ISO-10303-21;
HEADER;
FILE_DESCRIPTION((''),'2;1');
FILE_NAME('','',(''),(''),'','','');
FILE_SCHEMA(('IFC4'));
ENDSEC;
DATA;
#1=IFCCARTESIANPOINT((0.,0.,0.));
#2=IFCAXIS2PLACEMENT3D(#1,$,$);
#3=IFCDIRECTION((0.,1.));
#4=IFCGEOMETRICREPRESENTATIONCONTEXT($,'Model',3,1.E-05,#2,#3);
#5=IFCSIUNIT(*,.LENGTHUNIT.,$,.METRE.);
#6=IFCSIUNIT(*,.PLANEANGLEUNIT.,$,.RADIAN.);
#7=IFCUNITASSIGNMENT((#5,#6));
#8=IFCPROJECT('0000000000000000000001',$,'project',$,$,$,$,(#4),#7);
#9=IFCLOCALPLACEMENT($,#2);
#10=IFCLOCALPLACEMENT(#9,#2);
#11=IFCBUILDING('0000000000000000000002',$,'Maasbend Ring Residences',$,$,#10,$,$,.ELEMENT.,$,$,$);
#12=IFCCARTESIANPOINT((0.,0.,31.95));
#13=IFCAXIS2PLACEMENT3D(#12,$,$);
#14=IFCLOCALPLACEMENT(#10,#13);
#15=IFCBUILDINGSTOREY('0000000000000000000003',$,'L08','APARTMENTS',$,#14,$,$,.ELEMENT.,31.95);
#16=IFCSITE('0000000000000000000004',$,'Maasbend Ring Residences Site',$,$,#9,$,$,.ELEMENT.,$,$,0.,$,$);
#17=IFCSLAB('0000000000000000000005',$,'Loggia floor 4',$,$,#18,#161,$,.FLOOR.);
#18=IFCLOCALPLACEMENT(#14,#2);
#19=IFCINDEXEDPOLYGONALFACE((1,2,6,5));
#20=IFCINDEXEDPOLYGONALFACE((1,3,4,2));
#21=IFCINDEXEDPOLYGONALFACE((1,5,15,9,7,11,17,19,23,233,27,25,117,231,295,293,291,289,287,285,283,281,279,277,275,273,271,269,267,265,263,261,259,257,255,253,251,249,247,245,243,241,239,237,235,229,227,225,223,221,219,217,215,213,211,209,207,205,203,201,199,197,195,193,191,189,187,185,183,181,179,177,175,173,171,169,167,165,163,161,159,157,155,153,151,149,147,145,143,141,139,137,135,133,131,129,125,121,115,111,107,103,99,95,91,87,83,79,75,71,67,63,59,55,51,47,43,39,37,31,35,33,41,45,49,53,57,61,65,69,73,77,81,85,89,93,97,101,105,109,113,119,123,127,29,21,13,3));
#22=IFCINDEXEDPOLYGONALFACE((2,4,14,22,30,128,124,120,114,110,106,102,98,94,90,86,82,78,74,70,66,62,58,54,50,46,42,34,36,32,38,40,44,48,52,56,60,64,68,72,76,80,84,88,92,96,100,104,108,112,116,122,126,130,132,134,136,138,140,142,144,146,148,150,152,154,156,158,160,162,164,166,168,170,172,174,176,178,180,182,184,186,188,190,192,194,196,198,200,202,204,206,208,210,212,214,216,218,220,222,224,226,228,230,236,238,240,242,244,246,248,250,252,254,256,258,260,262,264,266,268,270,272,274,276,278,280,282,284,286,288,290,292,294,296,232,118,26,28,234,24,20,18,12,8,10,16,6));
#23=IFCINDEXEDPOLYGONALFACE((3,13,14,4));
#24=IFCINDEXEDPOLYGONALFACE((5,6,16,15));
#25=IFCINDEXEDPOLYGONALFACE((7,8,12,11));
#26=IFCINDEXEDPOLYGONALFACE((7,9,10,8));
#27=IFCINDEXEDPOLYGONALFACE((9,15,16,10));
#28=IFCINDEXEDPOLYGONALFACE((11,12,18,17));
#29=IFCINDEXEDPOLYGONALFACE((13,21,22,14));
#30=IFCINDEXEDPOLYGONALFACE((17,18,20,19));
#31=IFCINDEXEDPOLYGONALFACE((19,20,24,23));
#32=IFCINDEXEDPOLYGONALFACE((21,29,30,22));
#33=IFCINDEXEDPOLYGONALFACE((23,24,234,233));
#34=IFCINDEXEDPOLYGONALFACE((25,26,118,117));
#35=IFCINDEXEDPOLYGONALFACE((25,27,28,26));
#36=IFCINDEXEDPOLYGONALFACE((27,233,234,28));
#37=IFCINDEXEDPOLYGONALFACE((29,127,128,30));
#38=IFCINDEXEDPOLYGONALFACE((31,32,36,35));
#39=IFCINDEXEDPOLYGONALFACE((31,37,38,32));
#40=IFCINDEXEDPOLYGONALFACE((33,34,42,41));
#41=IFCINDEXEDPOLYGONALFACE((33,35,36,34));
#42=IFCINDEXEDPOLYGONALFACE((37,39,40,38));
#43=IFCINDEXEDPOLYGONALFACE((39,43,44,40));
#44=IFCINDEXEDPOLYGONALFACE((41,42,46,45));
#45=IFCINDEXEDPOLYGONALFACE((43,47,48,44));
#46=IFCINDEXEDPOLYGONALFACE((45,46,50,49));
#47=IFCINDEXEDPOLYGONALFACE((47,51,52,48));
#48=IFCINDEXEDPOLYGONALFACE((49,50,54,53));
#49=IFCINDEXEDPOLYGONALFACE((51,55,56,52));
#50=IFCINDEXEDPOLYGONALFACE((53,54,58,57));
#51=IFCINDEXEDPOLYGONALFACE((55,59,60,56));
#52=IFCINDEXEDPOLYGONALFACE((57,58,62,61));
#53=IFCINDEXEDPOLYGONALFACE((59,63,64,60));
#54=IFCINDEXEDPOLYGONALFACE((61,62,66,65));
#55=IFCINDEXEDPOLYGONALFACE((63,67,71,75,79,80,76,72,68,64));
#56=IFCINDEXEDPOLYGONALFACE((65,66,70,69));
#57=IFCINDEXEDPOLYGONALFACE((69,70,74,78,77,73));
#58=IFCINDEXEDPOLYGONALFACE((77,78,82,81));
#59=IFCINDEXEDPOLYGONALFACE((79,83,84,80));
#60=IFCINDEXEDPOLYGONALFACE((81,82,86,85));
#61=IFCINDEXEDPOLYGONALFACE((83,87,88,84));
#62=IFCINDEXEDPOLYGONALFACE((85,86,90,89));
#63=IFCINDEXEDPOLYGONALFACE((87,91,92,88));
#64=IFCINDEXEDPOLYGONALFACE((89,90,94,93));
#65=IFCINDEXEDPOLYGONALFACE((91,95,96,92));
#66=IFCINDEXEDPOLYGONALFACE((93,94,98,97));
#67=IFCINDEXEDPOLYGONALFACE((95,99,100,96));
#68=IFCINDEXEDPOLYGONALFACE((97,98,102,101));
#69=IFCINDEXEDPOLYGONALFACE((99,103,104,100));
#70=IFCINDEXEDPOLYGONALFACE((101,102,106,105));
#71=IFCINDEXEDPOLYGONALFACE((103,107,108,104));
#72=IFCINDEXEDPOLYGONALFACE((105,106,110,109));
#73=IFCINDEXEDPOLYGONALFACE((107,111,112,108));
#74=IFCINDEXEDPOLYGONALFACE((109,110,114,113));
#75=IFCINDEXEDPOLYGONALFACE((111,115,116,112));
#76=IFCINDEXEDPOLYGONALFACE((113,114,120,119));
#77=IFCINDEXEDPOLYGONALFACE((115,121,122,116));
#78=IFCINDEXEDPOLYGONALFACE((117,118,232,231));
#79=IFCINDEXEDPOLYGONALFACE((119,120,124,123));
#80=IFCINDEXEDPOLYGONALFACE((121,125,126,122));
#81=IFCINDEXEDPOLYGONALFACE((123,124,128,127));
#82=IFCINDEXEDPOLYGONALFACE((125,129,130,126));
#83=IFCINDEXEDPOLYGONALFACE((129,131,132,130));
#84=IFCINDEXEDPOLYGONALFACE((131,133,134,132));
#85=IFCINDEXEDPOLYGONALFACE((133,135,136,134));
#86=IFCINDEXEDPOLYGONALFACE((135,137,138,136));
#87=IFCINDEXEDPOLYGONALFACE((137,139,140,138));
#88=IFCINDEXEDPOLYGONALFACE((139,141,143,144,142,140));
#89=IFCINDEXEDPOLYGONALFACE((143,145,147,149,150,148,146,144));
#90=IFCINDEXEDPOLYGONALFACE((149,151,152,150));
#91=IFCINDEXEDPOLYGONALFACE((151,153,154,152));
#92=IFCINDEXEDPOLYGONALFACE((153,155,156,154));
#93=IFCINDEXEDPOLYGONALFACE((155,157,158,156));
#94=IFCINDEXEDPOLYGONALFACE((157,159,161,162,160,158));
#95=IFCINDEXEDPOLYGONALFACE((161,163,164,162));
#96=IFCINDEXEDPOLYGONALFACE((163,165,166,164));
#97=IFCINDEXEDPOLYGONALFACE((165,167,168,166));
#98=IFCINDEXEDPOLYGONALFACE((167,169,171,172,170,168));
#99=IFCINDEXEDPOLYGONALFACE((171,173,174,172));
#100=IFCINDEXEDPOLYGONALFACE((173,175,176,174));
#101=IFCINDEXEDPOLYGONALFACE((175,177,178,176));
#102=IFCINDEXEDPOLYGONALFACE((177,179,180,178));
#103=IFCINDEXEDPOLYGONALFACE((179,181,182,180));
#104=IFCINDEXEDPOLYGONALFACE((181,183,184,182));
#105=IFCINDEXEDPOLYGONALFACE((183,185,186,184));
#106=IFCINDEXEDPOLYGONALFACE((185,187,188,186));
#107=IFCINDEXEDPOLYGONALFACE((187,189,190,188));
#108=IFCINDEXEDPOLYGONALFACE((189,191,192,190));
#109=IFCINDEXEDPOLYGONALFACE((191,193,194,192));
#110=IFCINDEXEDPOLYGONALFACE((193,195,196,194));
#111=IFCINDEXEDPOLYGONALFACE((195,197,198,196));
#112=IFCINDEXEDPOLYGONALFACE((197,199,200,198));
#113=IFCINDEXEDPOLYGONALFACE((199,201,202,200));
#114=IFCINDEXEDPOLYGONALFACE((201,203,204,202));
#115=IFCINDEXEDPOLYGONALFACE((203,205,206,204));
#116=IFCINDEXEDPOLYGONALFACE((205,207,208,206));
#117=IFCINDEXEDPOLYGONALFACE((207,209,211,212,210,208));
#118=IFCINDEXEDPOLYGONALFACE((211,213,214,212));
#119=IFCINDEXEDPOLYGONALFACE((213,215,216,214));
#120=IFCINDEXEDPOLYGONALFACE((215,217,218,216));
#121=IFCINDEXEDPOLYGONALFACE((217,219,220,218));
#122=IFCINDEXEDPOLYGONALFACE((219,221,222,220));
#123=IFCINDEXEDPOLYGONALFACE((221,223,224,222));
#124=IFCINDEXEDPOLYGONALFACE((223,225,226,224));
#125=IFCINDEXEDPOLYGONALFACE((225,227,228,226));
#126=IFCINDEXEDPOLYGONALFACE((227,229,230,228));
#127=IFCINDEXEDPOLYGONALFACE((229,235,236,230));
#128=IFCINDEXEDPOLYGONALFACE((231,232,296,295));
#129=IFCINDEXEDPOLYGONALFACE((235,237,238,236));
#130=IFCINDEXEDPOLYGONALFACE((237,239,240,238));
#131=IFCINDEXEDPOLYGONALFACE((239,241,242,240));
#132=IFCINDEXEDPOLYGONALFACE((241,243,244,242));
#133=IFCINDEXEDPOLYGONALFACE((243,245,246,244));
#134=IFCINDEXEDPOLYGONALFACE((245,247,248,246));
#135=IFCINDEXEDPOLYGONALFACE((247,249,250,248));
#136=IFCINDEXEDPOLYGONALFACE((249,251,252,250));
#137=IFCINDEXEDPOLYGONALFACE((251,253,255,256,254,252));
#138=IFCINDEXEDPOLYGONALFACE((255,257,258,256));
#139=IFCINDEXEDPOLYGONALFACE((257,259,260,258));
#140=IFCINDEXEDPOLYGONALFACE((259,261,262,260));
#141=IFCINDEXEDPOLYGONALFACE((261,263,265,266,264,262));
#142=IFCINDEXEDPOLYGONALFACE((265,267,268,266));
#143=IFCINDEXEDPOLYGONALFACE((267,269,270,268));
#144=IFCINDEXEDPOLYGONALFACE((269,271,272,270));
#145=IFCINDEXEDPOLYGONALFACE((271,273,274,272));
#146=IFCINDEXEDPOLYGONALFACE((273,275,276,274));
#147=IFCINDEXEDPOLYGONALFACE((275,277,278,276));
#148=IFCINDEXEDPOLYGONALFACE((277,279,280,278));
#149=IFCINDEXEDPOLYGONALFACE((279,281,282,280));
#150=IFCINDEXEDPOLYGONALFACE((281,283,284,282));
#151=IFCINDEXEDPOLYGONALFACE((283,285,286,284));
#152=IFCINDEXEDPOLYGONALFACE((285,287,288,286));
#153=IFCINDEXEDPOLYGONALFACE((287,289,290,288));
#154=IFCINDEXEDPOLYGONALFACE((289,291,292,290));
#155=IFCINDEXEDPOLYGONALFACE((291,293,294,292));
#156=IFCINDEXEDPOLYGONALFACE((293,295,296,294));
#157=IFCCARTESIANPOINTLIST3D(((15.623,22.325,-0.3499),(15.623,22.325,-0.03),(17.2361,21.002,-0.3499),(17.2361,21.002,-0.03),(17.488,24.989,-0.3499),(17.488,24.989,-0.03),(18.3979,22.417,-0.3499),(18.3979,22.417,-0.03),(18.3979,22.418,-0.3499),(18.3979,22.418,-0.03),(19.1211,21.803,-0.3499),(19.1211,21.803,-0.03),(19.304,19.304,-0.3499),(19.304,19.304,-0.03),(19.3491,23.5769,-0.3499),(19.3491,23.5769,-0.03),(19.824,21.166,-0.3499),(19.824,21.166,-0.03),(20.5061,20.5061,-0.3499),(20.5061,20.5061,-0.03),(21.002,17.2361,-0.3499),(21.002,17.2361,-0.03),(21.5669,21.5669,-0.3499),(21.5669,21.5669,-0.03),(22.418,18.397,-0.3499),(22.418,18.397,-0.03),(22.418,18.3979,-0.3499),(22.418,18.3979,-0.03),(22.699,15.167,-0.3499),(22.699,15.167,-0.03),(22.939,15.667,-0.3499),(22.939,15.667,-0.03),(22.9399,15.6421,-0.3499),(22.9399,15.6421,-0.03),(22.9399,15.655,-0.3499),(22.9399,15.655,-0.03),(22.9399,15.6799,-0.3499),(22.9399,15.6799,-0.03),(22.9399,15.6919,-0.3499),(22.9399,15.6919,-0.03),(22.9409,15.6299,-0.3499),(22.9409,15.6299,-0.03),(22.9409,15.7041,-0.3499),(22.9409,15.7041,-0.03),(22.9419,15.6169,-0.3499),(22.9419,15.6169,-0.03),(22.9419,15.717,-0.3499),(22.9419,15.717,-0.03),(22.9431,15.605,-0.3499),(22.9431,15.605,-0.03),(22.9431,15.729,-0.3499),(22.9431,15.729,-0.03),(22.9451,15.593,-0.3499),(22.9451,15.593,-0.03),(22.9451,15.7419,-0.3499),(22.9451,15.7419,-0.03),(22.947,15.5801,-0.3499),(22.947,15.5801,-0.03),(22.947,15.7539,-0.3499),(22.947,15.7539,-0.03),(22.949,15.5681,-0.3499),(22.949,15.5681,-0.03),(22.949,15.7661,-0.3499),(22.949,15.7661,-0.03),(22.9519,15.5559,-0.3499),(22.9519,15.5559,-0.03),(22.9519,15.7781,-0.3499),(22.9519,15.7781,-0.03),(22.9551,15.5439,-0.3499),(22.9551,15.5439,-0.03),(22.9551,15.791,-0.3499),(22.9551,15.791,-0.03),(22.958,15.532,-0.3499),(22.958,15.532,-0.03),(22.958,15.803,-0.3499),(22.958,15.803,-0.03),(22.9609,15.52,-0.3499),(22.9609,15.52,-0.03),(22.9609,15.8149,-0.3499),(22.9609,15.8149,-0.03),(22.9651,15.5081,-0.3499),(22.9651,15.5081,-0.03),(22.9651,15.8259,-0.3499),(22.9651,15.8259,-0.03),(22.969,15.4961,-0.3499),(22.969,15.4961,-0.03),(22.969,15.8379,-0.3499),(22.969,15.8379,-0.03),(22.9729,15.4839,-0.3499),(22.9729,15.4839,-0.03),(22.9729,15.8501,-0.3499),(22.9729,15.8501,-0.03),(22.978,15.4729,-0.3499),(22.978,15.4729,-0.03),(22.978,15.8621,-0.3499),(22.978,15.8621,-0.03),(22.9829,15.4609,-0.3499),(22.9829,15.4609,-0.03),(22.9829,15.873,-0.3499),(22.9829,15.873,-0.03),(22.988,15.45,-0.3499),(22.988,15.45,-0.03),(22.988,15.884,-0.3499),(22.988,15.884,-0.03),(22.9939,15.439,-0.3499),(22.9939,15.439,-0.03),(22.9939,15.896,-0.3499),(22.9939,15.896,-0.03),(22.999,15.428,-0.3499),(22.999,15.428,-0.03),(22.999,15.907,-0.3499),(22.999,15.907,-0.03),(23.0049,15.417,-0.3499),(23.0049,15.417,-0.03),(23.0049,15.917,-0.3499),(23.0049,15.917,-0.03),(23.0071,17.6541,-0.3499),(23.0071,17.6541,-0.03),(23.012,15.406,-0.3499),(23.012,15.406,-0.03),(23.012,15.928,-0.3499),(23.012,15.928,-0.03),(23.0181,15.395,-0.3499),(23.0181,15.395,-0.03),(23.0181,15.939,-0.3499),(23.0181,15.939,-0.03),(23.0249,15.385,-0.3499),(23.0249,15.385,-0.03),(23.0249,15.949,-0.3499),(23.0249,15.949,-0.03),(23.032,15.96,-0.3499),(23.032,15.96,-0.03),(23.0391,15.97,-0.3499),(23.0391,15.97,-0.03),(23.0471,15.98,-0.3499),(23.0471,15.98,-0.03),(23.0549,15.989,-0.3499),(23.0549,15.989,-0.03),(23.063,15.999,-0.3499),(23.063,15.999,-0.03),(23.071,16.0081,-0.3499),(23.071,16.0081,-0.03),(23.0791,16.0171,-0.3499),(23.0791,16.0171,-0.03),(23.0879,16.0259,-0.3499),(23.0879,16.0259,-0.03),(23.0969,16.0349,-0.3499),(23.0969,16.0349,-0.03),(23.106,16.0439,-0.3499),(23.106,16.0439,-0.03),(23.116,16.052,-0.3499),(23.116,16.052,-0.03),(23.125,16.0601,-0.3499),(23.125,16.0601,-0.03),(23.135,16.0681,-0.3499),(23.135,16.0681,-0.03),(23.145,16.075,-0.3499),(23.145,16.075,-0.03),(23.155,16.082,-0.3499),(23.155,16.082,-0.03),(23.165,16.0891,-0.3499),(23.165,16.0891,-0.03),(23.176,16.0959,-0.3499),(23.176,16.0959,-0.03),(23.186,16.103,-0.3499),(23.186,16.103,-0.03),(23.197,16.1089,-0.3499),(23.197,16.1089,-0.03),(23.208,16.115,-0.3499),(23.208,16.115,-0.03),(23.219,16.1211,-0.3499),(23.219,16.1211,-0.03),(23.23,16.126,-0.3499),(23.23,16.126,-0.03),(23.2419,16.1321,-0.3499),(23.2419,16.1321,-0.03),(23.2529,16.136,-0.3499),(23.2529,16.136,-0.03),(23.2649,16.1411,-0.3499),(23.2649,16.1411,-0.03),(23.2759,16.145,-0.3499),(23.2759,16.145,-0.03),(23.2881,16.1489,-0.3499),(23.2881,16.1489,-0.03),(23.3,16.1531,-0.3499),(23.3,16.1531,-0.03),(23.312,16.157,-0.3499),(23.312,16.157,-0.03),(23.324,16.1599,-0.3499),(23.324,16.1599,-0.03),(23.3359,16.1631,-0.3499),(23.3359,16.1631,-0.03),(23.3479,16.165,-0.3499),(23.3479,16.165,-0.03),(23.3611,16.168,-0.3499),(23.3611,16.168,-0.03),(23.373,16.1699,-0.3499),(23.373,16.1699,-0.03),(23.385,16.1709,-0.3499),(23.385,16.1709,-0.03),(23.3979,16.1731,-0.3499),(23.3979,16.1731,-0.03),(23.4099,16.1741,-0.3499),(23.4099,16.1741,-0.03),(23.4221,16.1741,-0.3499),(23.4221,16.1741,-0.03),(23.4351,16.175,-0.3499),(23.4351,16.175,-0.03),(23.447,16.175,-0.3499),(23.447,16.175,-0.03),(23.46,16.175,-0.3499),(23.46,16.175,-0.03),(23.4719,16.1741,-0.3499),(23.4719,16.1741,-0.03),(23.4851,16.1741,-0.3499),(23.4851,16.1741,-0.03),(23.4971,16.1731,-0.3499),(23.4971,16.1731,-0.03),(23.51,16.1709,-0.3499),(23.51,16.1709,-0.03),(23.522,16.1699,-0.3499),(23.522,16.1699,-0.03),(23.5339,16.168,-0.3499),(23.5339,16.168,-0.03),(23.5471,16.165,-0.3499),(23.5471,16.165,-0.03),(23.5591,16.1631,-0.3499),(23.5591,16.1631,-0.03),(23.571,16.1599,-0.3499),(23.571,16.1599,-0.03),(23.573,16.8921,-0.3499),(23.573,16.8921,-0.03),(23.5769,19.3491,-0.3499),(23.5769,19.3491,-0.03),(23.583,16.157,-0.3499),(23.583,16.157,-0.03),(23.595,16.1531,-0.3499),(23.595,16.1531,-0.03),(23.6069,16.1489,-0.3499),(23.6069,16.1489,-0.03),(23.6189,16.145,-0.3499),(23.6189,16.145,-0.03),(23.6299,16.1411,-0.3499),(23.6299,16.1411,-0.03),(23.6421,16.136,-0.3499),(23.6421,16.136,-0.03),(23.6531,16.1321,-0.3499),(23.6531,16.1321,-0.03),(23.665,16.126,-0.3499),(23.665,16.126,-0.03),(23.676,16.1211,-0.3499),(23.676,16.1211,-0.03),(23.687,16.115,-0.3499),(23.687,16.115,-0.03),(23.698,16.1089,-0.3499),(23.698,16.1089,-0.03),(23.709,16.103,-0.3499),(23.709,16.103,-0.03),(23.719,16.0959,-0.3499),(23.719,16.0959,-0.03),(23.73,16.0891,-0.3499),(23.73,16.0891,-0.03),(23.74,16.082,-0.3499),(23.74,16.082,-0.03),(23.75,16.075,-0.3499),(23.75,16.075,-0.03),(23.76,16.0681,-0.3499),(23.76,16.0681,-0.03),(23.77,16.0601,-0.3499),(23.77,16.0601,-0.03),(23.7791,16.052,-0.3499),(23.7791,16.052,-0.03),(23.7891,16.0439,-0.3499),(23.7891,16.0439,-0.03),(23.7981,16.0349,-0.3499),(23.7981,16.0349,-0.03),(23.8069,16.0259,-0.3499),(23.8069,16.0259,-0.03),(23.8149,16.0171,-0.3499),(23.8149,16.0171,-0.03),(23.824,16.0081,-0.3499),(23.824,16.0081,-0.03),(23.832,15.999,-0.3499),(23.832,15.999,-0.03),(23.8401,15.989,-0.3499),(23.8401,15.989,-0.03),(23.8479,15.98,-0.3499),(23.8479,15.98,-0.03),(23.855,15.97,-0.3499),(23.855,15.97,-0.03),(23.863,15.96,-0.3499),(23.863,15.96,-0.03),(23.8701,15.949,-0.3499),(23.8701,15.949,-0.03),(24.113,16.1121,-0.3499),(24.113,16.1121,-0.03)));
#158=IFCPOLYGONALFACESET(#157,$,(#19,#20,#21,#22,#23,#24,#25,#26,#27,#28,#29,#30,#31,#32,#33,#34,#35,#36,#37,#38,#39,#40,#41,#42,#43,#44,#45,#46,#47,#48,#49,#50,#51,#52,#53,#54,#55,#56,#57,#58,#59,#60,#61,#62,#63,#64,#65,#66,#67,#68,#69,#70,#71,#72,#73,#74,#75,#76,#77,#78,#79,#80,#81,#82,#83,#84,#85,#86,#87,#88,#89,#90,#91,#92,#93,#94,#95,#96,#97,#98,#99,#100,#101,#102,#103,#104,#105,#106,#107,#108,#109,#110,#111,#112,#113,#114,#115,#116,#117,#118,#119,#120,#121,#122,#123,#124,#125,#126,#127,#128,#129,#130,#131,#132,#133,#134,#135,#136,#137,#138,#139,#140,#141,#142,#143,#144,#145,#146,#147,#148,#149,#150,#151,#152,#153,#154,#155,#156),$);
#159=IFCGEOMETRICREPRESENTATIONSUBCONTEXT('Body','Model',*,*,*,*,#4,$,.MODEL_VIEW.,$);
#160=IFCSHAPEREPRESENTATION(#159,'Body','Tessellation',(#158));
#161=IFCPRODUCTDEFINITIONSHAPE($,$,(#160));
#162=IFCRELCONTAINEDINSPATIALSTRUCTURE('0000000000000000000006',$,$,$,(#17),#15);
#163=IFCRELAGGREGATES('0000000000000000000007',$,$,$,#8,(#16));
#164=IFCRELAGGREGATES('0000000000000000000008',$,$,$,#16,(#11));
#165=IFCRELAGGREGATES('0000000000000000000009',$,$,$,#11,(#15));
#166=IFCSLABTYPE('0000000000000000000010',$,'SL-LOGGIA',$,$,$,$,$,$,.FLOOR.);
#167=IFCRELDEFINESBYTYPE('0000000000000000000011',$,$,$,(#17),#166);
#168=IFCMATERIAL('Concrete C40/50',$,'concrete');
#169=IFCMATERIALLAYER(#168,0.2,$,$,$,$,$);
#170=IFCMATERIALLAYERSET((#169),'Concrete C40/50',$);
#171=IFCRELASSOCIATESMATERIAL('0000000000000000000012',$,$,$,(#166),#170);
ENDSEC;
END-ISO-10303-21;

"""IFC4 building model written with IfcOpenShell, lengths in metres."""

from ifc_helpers import new_model, si_unit, direction, frame, origin, place, context, subcontext, project, spatial, polyline, outline, extrude, material, layer, layer_set, type_object, element, save


model = new_model("IFC4")

# Units and contexts
model_context = context("Model", 3, precision=1e-05, world=origin(), true_north=direction((0.0, 1.0)))
body_context = subcontext(model_context, "Body", "Model", "MODEL_VIEW")
ifc_project = project(units=[si_unit("LENGTHUNIT", "METRE"), si_unit("PLANEANGLEUNIT", "RADIAN")], contexts=[model_context])

# Site, building, storey
site_placement = place(None, origin())
site = spatial("IfcSite", under=ifc_project, at=site_placement, Name="Maasbend Ring Residences Site", CompositionType="ELEMENT", RefElevation=0.0)
building_placement = place(site_placement, origin())
building = spatial("IfcBuilding", under=site, at=building_placement, Name="Maasbend Ring Residences", CompositionType="ELEMENT")
storey_placement = place(building_placement, frame((0.0, 0.0, 31.95)))
storey = spatial("IfcBuildingStorey", under=building, at=storey_placement, Name="L08", Description="APARTMENTS", CompositionType="ELEMENT", Elevation=31.95)

# Slab
ifc_material_1 = material(Name="Concrete C40/50", Category="concrete")
ifc_layer_1 = layer(ifc_material_1, 0.2)
ifc_layer_set_1 = layer_set([ifc_layer_1], Name="Concrete C40/50")
slab_type_1 = type_object("IfcSlabType", Name="SL-LOGGIA", PredefinedType="FLOOR", material=ifc_layer_set_1)
slab_1_placement = place(storey_placement, frame((0.0, 0.0, -0.3499)))
element("IfcSlab", 1, at=slab_1_placement, inside=storey, type_object=slab_type_1, Name="Loggia floor 4", PredefinedType="FLOOR", context=body_context, shape_type="SweptSolid", body=[
    extrude(outline(polyline([(19.3491, 23.5769), (19.3491, 23.5769), (19.3491, 23.5769), (18.3979, 22.418), (18.3979, 22.418), (18.3979, 22.418), (18.3979, 22.418), (18.3979, 22.418), (18.3979, 22.417), (18.3979, 22.417), (18.3979, 22.417), (18.3979, 22.417), (18.3979, 22.417), (18.3979, 22.417), (18.3979, 22.417), (18.3979, 22.417), (18.3979, 22.417), (18.3979, 22.417), (18.3979, 22.417), (18.3979, 22.417), (19.1211, 21.803), (19.1211, 21.803), (19.824, 21.166), (19.824, 21.166), (20.5061, 20.5061), (20.5061, 20.5061), (20.5061, 20.5061), (20.5061, 20.5061), (20.5061, 20.5061), (20.5061, 20.5061), (20.5061, 20.5061), (20.5061, 20.5061), (20.5061, 20.5061), (20.5061, 20.5061), (20.5061, 20.5061), (20.5061, 20.5061), (20.5061, 20.5061), (20.5061, 20.5061), (20.5061, 20.5061), (20.5061, 20.5061), (20.5061, 20.5061), (21.5669, 21.5669), (21.5669, 21.5669), (21.5669, 21.5669), (23.5769, 19.3491), (23.5769, 19.3491), (23.5769, 19.3491), (22.418, 18.3979), (22.418, 18.3979), (22.418, 18.3979), (22.418, 18.3979), (22.418, 18.3979), (22.418, 18.3979), (22.418, 18.397), (22.418, 18.397), (22.418, 18.397), (22.418, 18.397), (22.418, 18.397), (22.418, 18.397), (22.418, 18.397), (22.418, 18.397), (22.418, 18.397), (22.418, 18.397), (22.418, 18.397), (23.0071, 17.6541), (23.0071, 17.6541), (23.573, 16.8921), (23.573, 16.8921), (24.113, 16.1121), (24.113, 16.1121), (24.113, 16.1121), (23.8701, 15.949), (23.8701, 15.949), (23.863, 15.96), (23.855, 15.97), (23.8479, 15.98), (23.8401, 15.989), (23.832, 15.999), (23.824, 16.0081), (23.8149, 16.0171), (23.8069, 16.0259), (23.7981, 16.0349), (23.7891, 16.0439), (23.7791, 16.052), (23.77, 16.0601), (23.76, 16.0681), (23.75, 16.075), (23.74, 16.082), (23.73, 16.0891), (23.719, 16.0959), (23.709, 16.103), (23.698, 16.1089), (23.687, 16.115), (23.676, 16.1211), (23.665, 16.126), (23.6531, 16.1321), (23.6421, 16.136), (23.6299, 16.1411), (23.6189, 16.145), (23.6069, 16.1489), (23.595, 16.1531), (23.583, 16.157), (23.571, 16.1599), (23.5591, 16.1631), (23.5471, 16.165), (23.5339, 16.168), (23.522, 16.1699), (23.51, 16.1709), (23.4971, 16.1731), (23.4851, 16.1741), (23.4719, 16.1741), (23.46, 16.175), (23.447, 16.175), (23.4351, 16.175), (23.4221, 16.1741), (23.4099, 16.1741), (23.3979, 16.1731), (23.385, 16.1709), (23.373, 16.1699), (23.3611, 16.168), (23.3479, 16.165), (23.3359, 16.1631), (23.324, 16.1599), (23.312, 16.157), (23.3, 16.1531), (23.2881, 16.1489), (23.2759, 16.145), (23.2649, 16.1411), (23.2529, 16.136), (23.2419, 16.1321), (23.23, 16.126), (23.219, 16.1211), (23.208, 16.115), (23.197, 16.1089), (23.186, 16.103), (23.176, 16.0959), (23.165, 16.0891), (23.155, 16.082), (23.145, 16.075), (23.135, 16.0681), (23.125, 16.0601), (23.116, 16.052), (23.106, 16.0439), (23.0969, 16.0349), (23.0879, 16.0259), (23.0791, 16.0171), (23.071, 16.0081), (23.063, 15.999), (23.0549, 15.989), (23.0471, 15.98), (23.0391, 15.97), (23.032, 15.96), (23.0249, 15.949), (23.0181, 15.939), (23.012, 15.928), (23.0049, 15.917), (22.999, 15.907), (22.9939, 15.896), (22.988, 15.884), (22.9829, 15.873), (22.978, 15.8621), (22.9729, 15.8501), (22.969, 15.8379), (22.9651, 15.8259), (22.9609, 15.8149), (22.958, 15.803), (22.9551, 15.791), (22.9519, 15.7781), (22.949, 15.7661), (22.947, 15.7539), (22.9451, 15.7419), (22.9431, 15.729), (22.9419, 15.717), (22.9409, 15.7041), (22.9399, 15.6919), (22.9399, 15.6799), (22.939, 15.667), (22.9399, 15.655), (22.9399, 15.6421), (22.9409, 15.6299), (22.9419, 15.6169), (22.9431, 15.605), (22.9451, 15.593), (22.947, 15.5801), (22.949, 15.5681), (22.9519, 15.5559), (22.9551, 15.5439), (22.958, 15.532), (22.9609, 15.52), (22.9651, 15.5081), (22.969, 15.4961), (22.9729, 15.4839), (22.978, 15.4729), (22.9829, 15.4609), (22.988, 15.45), (22.9939, 15.439), (22.999, 15.428), (23.0049, 15.417), (23.012, 15.406), (23.0181, 15.395), (23.0249, 15.385), (23.0249, 15.385), (22.699, 15.167), (22.699, 15.167), (22.699, 15.167), (21.002, 17.2361), (19.304, 19.304), (19.304, 19.304), (19.304, 19.304), (17.2361, 21.002), (15.623, 22.325), (15.623, 22.325), (15.623, 22.325), (17.488, 24.989), (17.488, 24.989), (17.488, 24.989), (19.3491, 23.5769)])), origin(), (0.0, 0.0, 1.0), 0.3198),
])

save(model, "model.ifc")
